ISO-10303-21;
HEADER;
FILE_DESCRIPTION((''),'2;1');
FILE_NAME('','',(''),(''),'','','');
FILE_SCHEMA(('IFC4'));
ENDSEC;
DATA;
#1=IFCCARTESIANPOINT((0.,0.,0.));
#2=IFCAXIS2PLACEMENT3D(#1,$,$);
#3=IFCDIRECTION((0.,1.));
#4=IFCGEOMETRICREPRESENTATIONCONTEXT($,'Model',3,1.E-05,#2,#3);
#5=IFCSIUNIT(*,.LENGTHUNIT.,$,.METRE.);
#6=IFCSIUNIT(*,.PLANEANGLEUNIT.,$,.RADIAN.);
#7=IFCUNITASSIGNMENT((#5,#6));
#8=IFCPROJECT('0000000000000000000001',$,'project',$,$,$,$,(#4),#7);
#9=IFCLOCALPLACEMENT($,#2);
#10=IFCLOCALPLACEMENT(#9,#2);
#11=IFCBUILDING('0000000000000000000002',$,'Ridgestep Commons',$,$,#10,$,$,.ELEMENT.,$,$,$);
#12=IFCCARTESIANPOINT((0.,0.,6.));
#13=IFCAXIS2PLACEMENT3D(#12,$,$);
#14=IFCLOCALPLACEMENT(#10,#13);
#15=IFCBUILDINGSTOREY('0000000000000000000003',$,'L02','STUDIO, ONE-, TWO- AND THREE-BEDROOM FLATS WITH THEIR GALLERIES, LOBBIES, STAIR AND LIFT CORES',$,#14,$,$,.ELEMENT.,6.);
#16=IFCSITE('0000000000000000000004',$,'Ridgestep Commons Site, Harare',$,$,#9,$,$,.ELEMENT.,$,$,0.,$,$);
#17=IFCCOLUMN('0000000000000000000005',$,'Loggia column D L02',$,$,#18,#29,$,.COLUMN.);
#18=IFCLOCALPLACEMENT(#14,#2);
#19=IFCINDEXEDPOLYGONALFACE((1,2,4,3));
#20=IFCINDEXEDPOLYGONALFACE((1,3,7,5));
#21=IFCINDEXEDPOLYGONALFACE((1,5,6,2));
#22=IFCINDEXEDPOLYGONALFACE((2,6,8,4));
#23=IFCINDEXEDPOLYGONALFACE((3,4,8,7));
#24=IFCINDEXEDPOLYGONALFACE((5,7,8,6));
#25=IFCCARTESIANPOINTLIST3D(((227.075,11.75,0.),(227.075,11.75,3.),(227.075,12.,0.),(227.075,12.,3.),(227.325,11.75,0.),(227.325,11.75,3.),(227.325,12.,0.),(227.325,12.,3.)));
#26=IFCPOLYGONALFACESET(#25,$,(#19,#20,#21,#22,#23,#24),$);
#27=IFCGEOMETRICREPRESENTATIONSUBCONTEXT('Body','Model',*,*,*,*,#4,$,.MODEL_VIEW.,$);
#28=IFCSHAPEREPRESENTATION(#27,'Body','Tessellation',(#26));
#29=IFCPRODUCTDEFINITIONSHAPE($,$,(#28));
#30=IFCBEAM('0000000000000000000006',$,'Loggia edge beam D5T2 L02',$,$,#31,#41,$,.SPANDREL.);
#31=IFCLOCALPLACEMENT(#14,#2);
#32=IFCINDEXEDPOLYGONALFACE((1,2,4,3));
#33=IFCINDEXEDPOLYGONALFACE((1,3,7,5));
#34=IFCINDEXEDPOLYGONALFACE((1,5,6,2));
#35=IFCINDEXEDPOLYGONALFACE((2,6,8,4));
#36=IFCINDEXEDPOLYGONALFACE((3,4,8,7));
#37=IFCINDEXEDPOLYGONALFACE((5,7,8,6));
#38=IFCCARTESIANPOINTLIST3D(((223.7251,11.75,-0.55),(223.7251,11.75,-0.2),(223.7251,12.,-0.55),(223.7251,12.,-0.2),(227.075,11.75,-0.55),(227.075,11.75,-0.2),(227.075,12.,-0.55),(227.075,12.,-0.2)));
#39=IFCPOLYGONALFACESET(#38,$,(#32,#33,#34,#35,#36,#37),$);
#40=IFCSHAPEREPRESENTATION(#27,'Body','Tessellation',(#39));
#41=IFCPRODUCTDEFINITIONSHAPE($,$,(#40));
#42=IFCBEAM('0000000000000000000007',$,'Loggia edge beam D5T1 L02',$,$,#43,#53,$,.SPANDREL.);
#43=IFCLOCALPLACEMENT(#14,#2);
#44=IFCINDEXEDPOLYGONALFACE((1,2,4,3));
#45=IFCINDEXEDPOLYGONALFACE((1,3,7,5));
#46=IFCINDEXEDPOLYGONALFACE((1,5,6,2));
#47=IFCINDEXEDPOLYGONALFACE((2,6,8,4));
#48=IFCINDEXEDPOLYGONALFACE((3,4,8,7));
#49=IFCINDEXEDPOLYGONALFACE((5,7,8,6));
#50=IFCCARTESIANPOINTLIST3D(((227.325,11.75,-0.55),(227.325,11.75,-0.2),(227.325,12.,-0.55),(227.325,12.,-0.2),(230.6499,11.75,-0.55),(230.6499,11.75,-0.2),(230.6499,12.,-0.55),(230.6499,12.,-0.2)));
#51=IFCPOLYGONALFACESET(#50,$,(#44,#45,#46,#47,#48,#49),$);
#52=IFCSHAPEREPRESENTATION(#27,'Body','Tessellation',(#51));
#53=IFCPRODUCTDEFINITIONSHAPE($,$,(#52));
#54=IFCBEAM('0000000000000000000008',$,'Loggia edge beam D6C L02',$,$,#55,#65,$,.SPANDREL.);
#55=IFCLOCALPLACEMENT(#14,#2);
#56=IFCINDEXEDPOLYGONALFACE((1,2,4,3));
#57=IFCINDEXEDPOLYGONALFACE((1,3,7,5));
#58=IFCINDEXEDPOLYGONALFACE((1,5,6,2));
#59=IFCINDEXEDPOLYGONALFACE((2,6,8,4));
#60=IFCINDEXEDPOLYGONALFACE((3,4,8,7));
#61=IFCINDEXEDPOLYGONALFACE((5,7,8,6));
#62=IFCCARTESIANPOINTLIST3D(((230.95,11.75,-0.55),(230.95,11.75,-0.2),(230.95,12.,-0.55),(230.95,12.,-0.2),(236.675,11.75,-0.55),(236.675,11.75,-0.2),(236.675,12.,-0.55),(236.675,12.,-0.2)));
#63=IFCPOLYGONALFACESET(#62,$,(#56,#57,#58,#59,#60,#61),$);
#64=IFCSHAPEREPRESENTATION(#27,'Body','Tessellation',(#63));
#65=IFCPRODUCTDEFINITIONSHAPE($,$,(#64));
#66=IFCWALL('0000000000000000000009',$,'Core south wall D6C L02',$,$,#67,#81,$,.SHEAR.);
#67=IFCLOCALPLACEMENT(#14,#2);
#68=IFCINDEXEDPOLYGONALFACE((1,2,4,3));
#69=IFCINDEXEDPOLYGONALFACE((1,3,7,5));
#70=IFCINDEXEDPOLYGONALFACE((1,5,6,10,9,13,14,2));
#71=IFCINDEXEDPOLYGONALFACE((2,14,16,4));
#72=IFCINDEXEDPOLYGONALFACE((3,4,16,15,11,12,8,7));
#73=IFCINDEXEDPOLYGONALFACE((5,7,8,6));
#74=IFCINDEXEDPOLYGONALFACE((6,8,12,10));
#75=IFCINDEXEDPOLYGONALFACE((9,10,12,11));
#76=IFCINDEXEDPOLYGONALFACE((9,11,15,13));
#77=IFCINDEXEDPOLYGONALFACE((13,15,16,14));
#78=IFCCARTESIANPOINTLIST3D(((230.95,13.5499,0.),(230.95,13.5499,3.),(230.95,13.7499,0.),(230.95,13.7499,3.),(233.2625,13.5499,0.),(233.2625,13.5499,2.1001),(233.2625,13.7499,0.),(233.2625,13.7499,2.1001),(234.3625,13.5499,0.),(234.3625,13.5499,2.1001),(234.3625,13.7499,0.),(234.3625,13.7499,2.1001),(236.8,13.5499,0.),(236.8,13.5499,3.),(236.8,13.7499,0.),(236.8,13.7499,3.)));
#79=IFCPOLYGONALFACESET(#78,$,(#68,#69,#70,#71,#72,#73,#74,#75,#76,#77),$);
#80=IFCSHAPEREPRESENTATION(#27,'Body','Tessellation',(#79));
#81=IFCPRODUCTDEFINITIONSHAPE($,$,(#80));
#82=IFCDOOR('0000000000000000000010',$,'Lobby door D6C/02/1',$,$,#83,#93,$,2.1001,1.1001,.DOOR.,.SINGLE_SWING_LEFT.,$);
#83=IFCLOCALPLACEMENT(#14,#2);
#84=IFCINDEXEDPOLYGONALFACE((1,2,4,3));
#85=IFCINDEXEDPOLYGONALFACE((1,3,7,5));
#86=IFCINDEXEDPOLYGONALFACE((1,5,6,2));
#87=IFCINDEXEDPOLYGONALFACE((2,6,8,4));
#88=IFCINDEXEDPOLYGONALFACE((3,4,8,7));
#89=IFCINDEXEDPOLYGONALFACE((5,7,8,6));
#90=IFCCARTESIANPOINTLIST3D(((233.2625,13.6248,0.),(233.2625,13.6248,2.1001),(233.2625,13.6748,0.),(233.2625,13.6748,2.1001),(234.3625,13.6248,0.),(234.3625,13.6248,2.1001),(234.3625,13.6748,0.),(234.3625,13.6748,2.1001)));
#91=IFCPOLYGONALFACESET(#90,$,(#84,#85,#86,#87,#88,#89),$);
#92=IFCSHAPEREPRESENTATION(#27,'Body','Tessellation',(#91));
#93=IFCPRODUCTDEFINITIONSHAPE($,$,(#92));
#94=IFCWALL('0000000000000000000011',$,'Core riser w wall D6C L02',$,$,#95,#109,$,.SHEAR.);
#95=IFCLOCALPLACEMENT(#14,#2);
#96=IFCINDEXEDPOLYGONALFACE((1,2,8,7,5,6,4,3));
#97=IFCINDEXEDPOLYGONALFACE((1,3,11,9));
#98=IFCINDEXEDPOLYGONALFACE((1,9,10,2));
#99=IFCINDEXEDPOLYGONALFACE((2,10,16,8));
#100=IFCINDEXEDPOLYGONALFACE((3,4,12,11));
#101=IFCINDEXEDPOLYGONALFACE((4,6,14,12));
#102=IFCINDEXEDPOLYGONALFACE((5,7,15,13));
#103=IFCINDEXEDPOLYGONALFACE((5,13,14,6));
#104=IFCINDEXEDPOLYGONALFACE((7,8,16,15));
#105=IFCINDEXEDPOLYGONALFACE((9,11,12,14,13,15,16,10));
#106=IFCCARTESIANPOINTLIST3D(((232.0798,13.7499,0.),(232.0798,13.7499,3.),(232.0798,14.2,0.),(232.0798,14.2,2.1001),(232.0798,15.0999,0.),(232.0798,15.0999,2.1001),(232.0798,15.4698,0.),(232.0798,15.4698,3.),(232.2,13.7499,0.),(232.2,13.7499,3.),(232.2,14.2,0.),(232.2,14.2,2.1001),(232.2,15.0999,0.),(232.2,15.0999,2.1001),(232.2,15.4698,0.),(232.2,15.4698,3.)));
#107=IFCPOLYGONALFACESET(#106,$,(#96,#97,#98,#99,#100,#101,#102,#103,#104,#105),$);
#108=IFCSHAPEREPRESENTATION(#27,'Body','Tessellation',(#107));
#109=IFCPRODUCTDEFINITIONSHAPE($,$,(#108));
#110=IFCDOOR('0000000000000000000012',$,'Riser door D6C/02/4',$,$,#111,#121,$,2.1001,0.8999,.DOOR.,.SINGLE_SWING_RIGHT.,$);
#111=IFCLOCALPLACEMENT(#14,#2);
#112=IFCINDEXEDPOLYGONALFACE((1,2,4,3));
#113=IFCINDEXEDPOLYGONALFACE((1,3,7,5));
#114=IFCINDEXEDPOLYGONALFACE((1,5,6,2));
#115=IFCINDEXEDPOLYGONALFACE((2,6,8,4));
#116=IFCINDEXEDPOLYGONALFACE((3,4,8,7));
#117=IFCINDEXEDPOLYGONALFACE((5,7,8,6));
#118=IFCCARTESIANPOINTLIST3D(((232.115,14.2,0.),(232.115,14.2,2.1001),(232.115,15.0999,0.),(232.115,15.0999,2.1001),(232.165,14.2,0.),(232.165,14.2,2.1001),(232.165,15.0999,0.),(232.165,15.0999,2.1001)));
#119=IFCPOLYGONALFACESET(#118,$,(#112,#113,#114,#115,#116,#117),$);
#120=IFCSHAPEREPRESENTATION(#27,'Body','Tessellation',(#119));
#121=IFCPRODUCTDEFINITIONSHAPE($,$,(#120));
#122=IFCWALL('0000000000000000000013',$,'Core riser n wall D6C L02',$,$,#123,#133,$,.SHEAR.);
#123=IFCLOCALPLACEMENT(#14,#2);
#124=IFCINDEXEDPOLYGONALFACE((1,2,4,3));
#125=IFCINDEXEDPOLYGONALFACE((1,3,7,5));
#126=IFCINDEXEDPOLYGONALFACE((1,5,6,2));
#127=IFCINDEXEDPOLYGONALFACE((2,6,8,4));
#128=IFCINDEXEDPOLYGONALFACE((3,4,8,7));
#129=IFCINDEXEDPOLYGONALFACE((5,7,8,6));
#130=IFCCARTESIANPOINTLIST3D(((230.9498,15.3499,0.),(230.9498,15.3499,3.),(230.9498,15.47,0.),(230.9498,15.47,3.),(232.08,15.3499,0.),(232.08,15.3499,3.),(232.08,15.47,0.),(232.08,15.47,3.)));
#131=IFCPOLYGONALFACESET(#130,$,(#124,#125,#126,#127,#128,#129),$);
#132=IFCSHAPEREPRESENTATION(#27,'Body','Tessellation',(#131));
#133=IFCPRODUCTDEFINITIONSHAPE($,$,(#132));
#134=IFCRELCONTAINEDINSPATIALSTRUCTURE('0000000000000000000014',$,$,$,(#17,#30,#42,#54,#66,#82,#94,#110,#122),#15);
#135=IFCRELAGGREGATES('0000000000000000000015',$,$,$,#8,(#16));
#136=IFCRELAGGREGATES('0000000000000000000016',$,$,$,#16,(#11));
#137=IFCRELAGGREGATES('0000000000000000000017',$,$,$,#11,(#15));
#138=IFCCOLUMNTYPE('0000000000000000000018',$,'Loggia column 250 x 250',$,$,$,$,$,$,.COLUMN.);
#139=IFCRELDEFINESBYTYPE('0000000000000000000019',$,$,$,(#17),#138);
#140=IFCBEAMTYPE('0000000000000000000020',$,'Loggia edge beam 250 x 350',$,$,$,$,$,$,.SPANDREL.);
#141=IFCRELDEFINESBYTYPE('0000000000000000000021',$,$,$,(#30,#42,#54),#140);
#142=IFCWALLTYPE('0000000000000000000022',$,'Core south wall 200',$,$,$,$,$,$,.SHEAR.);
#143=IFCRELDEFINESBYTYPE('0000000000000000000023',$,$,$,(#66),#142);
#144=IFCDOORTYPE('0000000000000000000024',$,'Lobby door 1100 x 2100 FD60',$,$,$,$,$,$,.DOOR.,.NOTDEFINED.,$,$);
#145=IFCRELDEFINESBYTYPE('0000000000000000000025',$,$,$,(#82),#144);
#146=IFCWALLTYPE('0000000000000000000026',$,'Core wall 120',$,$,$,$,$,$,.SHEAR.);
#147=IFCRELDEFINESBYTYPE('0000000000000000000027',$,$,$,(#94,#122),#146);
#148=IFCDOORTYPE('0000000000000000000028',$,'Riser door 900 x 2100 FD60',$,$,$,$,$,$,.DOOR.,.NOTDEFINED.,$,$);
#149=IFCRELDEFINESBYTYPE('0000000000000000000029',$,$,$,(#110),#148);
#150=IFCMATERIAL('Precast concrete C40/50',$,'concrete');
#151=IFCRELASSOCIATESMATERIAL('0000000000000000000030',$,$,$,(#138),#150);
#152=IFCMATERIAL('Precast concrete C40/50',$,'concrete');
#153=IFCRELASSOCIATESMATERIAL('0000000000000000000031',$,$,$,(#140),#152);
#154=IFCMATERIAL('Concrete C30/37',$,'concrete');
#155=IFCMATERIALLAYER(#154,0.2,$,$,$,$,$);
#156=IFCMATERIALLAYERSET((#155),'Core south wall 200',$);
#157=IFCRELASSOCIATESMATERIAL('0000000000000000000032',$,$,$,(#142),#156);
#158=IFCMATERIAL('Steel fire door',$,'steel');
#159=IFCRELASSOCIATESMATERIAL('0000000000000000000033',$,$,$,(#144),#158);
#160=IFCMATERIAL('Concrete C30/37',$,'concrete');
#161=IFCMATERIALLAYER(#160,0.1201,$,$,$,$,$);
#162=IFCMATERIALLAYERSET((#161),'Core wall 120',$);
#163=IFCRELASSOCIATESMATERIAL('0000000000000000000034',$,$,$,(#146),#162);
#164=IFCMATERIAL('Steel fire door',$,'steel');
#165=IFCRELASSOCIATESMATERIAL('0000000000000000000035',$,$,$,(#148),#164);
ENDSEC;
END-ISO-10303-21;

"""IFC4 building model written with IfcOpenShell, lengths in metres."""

from ifc_helpers import new_model, si_unit, direction, frame, frame_2d, origin, origin_2d, place, context, subcontext, project, spatial, rectangle, extrude, material, layer, layer_set, material_profile, profile_set, type_object, element, fill, save


model = new_model("IFC4")

# Units and contexts
model_context = context("Model", 3, precision=1e-05, world=origin(), true_north=direction((0.0, 1.0)))
body_context = subcontext(model_context, "Body", "Model", "MODEL_VIEW")
ifc_project = project(units=[si_unit("LENGTHUNIT", "METRE"), si_unit("PLANEANGLEUNIT", "RADIAN")], contexts=[model_context])

# Site, building, storey
site_placement = place(None, origin())
site = spatial("IfcSite", under=ifc_project, at=site_placement, Name="Ridgestep Commons Site, Harare", CompositionType="ELEMENT", RefElevation=0.0)
building_placement = place(site_placement, origin())
building = spatial("IfcBuilding", under=site, at=building_placement, Name="Ridgestep Commons", CompositionType="ELEMENT")
storey_placement = place(building_placement, frame((0.0, 0.0, 6.0)))
storey = spatial("IfcBuildingStorey", under=building, at=storey_placement, Name="L02", Description="STUDIO, ONE-, TWO- AND THREE-BEDROOM FLATS WITH THEIR GALLERIES, LOBBIES, STAIR AND LIFT CORES", CompositionType="ELEMENT", Elevation=6.0)

# Column
ifc_material_1 = material(Name="Precast concrete C40/50", Category="concrete")
ifc_material_profile_1 = material_profile(ifc_material_1, rectangle(XDim=0.25, YDim=0.25, at=origin_2d()), Name="PC 250x250")
ifc_profile_set_1 = profile_set([ifc_material_profile_1], Name="Precast concrete C40/50")
column_type = type_object("IfcColumnType", Name="Loggia column 250 x 250", PredefinedType="COLUMN", material=ifc_profile_set_1)
column_placement = place(storey_placement, frame((227.2, 11.875, 0.0), z_axis=(0.0, 0.0, 1.0), x_axis=(1.0, 0.0, 0.0)))
element("IfcColumn", 1, at=column_placement, inside=storey, type_object=column_type, Name="Loggia column D L02", PredefinedType="COLUMN", context=body_context, shape_type="SweptSolid", body=[
    extrude(rectangle(XDim=0.25, YDim=0.25, at=origin_2d()), origin(), (0.0, 0.0, 1.0), 3.0),
])

# Beams
ifc_material_2 = material(Name="Precast concrete C40/50", Category="concrete")
ifc_material_profile_2 = material_profile(ifc_material_2, rectangle(XDim=0.25, YDim=0.3501, at=origin_2d()), Name="PC 250x350")
ifc_profile_set_2 = profile_set([ifc_material_profile_2], Name="Precast concrete C40/50")
beam_type = type_object("IfcBeamType", Name="Loggia edge beam 250 x 350", PredefinedType="SPANDREL", material=ifc_profile_set_2)
beam_1_placement = place(storey_placement, frame((223.7251, 11.875, -0.375), z_axis=(1.0, 0.0, 0.0), x_axis=(0.0, 1.0, 0.0)))
element("IfcBeam", 2, at=beam_1_placement, inside=storey, type_object=beam_type, Name="Loggia edge beam D5T2 L02", PredefinedType="SPANDREL", context=body_context, shape_type="SweptSolid", body=[
    extrude(rectangle(XDim=0.25, YDim=0.3501, at=origin_2d()), origin(), (0.0, 0.0, 1.0), 3.3499),
])
beam_2_placement = place(storey_placement, frame((227.325, 11.875, -0.375), z_axis=(1.0, 0.0, 0.0), x_axis=(0.0, 1.0, 0.0)))
element("IfcBeam", 3, at=beam_2_placement, inside=storey, type_object=beam_type, Name="Loggia edge beam D5T1 L02", PredefinedType="SPANDREL", context=body_context, shape_type="SweptSolid", body=[
    extrude(rectangle(XDim=0.25, YDim=0.3501, at=origin_2d()), origin(), (0.0, 0.0, 1.0), 3.325),
])
beam_3_placement = place(storey_placement, frame((230.95, 11.875, -0.375), z_axis=(1.0, 0.0, 0.0), x_axis=(0.0, 1.0, 0.0)))
element("IfcBeam", 4, at=beam_3_placement, inside=storey, type_object=beam_type, Name="Loggia edge beam D6C L02", PredefinedType="SPANDREL", context=body_context, shape_type="SweptSolid", body=[
    extrude(rectangle(XDim=0.25, YDim=0.3501, at=origin_2d()), origin(), (0.0, 0.0, 1.0), 5.7251),
])

# Walls, openings, doors
ifc_material_3 = material(Name="Concrete C30/37", Category="concrete")
ifc_layer_1 = layer(ifc_material_3, 0.2)
ifc_layer_set_1 = layer_set([ifc_layer_1], Name="Core south wall 200")
wall_type_1 = type_object("IfcWallType", Name="Core south wall 200", PredefinedType="SHEAR", material=ifc_layer_set_1)
wall_1_placement = place(storey_placement, frame((230.95, 13.6499, 0.0), z_axis=(0.0, 0.0, 1.0), x_axis=(1.0, 0.0, 0.0)))
wall_1 = element("IfcWall", 5, at=wall_1_placement, inside=storey, type_object=wall_type_1, Name="Core south wall D6C L02", PredefinedType="SHEAR", context=body_context, shape_type="SweptSolid", body=[
    extrude(rectangle(XDim=5.8501, YDim=0.2, at=frame_2d((2.925, 0.0))), origin(), (0.0, 0.0, 1.0), 3.0),
])
opening_1_placement = place(wall_1_placement, frame((2.3125, 0.0, 0.0)))
opening_1 = element("IfcOpeningElement", 6, at=opening_1_placement, cuts=wall_1, PredefinedType="OPENING", context=body_context, shape_type="SweptSolid", body=[
    extrude(rectangle(XDim=1.1001, YDim=2.1001, at=frame_2d((0.55, 1.05))), frame((0.0, 0.1099, 0.0), z_axis=(0.0, -1.0, 0.0), x_axis=(1.0, 0.0, 0.0)), (0.0, 0.0, 1.0), 0.22),
])
ifc_material_4 = material(Name="Steel fire door", Category="steel")
door_type_1 = type_object("IfcDoorType", Name="Lobby door 1100 x 2100 FD60", OperationType="NOTDEFINED", PredefinedType="DOOR", material=ifc_material_4)
door_1_placement = place(opening_1_placement, origin())
door_1 = element("IfcDoor", 7, at=door_1_placement, inside=storey, type_object=door_type_1, Name="Lobby door D6C/02/1", OperationType="SINGLE_SWING_LEFT", OverallHeight=2.1001, OverallWidth=1.1001, PredefinedType="DOOR", context=body_context, shape_type="SweptSolid", body=[
    extrude(rectangle(XDim=1.1001, YDim=2.1001, at=frame_2d((0.55, 1.05))), frame((0.0, 0.0249, 0.0), z_axis=(0.0, -1.0, 0.0), x_axis=(1.0, 0.0, 0.0)), (0.0, 0.0, 1.0), 0.05),
])
fill(opening_1, door_1)
ifc_material_5 = material(Name="Concrete C30/37", Category="concrete")
ifc_layer_2 = layer(ifc_material_5, 0.1201)
ifc_layer_set_2 = layer_set([ifc_layer_2], Name="Core wall 120")
wall_type_2 = type_object("IfcWallType", Name="Core wall 120", PredefinedType="SHEAR", material=ifc_layer_set_2)
wall_2_placement = place(storey_placement, frame((232.1399, 13.75, 0.0), z_axis=(0.0, 0.0, 1.0), x_axis=(0.0, 1.0, 0.0)))
wall_2 = element("IfcWall", 8, at=wall_2_placement, inside=storey, type_object=wall_type_2, Name="Core riser w wall D6C L02", PredefinedType="SHEAR", context=body_context, shape_type="SweptSolid", body=[
    extrude(rectangle(XDim=1.72, YDim=0.1201, at=frame_2d((0.8599, 0.0))), origin(), (0.0, 0.0, 1.0), 3.0),
])
opening_2_placement = place(wall_2_placement, frame((0.45, 0.0, 0.0)))
opening_2 = element("IfcOpeningElement", 9, at=opening_2_placement, cuts=wall_2, PredefinedType="OPENING", context=body_context, shape_type="SweptSolid", body=[
    extrude(rectangle(XDim=0.8999, YDim=2.1001, at=frame_2d((0.45, 1.05))), frame((0.0, 0.0701, 0.0), z_axis=(0.0, -1.0, 0.0), x_axis=(1.0, 0.0, 0.0)), (0.0, 0.0, 1.0), 0.1401),
])
ifc_material_6 = material(Name="Steel fire door", Category="steel")
door_type_2 = type_object("IfcDoorType", Name="Riser door 900 x 2100 FD60", OperationType="NOTDEFINED", PredefinedType="DOOR", material=ifc_material_6)
door_2_placement = place(opening_2_placement, origin())
door_2 = element("IfcDoor", 10, at=door_2_placement, inside=storey, type_object=door_type_2, Name="Riser door D6C/02/4", OperationType="SINGLE_SWING_RIGHT", OverallHeight=2.1001, OverallWidth=0.8999, PredefinedType="DOOR", context=body_context, shape_type="SweptSolid", body=[
    extrude(rectangle(XDim=0.8999, YDim=2.1001, at=frame_2d((0.45, 1.05))), frame((0.0, 0.0249, 0.0), z_axis=(0.0, -1.0, 0.0), x_axis=(1.0, 0.0, 0.0)), (0.0, 0.0, 1.0), 0.05),
])
fill(opening_2, door_2)

# Wall
wall_3_placement = place(storey_placement, frame((230.95, 15.4099, 0.0), z_axis=(0.0, 0.0, 1.0), x_axis=(1.0, 0.0, 0.0)))
element("IfcWall", 11, at=wall_3_placement, inside=storey, type_object=wall_type_2, Name="Core riser n wall D6C L02", PredefinedType="SHEAR", context=body_context, shape_type="SweptSolid", body=[
    extrude(rectangle(XDim=1.1301, YDim=0.1201, at=frame_2d((0.5649, 0.0))), origin(), (0.0, 0.0, 1.0), 3.0),
])

save(model, "model.ifc")
